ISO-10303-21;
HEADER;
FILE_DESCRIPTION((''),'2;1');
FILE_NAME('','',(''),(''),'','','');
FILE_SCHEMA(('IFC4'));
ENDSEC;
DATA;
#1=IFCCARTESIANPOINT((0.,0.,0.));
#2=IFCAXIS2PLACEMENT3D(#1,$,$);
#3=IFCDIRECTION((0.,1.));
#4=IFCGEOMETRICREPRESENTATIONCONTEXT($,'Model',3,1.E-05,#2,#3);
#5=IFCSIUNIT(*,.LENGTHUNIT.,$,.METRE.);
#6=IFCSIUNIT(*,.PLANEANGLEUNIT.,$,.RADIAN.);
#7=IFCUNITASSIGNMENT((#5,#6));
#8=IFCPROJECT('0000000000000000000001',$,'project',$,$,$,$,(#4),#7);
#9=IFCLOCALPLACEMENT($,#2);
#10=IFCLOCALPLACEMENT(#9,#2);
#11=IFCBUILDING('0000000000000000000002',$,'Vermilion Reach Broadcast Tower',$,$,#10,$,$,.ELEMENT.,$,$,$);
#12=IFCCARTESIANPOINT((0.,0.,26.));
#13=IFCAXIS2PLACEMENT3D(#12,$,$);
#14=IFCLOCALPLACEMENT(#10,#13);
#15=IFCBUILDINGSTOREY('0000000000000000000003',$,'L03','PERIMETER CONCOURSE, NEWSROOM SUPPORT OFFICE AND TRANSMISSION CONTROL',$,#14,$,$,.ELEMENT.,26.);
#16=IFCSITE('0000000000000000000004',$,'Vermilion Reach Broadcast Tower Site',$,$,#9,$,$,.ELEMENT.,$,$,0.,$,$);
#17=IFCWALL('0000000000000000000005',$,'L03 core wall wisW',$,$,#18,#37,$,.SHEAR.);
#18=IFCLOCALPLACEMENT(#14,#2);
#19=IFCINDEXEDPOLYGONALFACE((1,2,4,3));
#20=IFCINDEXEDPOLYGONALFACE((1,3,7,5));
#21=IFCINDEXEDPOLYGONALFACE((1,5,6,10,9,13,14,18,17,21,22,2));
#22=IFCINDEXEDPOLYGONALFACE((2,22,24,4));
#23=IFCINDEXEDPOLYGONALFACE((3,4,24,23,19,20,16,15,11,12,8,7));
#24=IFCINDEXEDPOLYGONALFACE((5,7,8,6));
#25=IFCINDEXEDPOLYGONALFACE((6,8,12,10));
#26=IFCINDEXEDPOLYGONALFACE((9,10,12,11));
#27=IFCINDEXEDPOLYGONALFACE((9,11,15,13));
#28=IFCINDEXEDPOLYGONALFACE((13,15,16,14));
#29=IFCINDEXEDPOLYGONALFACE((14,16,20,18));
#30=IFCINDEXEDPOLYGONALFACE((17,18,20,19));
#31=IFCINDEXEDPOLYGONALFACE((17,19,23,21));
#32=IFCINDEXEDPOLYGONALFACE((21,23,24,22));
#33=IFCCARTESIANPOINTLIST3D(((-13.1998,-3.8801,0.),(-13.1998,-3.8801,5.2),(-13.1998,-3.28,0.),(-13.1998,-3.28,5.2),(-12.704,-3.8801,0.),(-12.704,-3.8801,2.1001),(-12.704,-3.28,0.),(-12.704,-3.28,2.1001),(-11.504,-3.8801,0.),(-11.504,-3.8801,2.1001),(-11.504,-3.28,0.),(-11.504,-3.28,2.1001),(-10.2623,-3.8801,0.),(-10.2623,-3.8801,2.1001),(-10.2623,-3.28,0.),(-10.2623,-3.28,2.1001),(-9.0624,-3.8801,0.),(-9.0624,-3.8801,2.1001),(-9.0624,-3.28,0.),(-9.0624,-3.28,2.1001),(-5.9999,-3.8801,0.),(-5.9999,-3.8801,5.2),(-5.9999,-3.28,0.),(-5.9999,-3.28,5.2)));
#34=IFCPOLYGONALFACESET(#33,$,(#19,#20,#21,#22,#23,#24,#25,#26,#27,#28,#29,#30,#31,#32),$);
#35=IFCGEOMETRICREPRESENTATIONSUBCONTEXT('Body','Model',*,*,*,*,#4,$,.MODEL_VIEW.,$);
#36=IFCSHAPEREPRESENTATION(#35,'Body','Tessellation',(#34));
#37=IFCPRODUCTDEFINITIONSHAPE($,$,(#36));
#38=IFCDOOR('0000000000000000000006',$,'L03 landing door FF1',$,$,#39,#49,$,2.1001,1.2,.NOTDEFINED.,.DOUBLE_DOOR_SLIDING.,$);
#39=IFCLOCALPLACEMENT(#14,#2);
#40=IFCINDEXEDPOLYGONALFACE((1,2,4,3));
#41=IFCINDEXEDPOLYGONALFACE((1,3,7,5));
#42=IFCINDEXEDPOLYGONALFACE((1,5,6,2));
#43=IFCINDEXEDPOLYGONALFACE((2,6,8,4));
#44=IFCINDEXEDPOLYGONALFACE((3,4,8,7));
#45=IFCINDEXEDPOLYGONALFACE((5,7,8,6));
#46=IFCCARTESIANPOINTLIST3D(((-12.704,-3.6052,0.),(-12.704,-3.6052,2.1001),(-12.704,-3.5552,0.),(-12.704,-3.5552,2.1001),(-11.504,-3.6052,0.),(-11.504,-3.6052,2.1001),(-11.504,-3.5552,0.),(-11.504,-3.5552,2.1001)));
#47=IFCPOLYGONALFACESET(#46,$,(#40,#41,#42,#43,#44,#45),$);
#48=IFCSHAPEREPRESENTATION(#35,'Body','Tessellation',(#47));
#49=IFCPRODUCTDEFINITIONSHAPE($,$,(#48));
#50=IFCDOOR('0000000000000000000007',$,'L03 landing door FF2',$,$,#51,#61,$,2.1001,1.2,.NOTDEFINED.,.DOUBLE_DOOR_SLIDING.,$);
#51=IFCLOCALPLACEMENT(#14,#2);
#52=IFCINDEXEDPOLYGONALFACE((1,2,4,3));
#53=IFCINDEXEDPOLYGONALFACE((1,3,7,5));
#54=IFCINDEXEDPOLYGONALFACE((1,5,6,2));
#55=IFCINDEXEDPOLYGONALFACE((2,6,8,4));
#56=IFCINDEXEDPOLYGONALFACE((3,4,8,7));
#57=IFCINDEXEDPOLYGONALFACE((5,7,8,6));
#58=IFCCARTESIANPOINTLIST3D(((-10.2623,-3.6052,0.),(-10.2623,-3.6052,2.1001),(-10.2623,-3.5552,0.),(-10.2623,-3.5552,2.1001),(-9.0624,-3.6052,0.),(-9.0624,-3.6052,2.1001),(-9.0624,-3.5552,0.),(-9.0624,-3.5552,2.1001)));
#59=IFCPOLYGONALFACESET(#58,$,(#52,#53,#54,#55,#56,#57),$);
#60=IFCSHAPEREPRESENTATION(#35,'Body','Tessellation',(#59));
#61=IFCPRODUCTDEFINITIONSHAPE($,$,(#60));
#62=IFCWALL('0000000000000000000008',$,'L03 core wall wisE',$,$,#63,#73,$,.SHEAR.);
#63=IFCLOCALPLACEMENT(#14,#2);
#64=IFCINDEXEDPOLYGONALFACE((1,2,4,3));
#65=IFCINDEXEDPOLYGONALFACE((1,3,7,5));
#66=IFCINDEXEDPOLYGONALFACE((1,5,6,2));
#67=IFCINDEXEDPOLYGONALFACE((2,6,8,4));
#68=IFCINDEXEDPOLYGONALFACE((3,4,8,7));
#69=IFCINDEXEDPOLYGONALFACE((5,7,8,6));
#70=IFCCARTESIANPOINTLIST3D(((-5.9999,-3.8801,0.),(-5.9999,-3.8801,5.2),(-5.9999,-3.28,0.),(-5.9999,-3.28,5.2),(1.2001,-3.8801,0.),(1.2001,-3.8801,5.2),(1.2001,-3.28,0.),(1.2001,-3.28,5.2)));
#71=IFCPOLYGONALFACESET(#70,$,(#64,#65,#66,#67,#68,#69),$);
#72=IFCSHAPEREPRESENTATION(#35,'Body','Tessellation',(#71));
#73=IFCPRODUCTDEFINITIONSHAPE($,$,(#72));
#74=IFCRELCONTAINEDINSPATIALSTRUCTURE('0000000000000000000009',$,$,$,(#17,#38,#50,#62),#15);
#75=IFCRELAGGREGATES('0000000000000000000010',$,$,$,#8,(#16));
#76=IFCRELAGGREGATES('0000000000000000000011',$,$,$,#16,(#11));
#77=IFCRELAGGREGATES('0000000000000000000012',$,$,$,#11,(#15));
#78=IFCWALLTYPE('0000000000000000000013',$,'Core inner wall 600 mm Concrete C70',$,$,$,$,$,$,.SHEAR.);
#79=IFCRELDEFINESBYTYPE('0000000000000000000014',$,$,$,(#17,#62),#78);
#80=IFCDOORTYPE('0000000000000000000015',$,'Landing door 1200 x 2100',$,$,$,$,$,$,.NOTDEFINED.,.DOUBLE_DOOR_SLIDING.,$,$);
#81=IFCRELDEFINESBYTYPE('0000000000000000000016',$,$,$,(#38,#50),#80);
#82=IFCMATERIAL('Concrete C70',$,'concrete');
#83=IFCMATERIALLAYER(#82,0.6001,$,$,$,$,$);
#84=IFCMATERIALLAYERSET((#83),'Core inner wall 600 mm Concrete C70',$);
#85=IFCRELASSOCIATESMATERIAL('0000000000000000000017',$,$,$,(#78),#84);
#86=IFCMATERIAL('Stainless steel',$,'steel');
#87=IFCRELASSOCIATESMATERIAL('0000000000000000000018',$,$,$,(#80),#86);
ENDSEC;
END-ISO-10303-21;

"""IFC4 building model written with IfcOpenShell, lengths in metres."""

from ifc_helpers import new_model, si_unit, direction, frame, frame_2d, origin, place, context, subcontext, project, spatial, rectangle, extrude, material, layer, layer_set, type_object, element, fill, save


model = new_model("IFC4")

# Units and contexts
model_context = context("Model", 3, precision=1e-05, world=origin(), true_north=direction((0.0, 1.0)))
body_context = subcontext(model_context, "Body", "Model", "MODEL_VIEW")
ifc_project = project(units=[si_unit("LENGTHUNIT", "METRE"), si_unit("PLANEANGLEUNIT", "RADIAN")], contexts=[model_context])

# Site, building, storey
site_placement = place(None, origin())
site = spatial("IfcSite", under=ifc_project, at=site_placement, Name="Vermilion Reach Broadcast Tower Site", CompositionType="ELEMENT", RefElevation=0.0)
building_placement = place(site_placement, origin())
building = spatial("IfcBuilding", under=site, at=building_placement, Name="Vermilion Reach Broadcast Tower", CompositionType="ELEMENT")
storey_placement = place(building_placement, frame((0.0, 0.0, 26.0)))
storey = spatial("IfcBuildingStorey", under=building, at=storey_placement, Name="L03", Description="PERIMETER CONCOURSE, NEWSROOM SUPPORT OFFICE AND TRANSMISSION CONTROL", CompositionType="ELEMENT", Elevation=26.0)

# Wall, openings, doors
ifc_material_1 = material(Name="Concrete C70", Category="concrete")
ifc_layer_1 = layer(ifc_material_1, 0.6001)
ifc_layer_set_1 = layer_set([ifc_layer_1], Name="Core inner wall 600 mm Concrete C70")
wall_type_1 = type_object("IfcWallType", Name="Core inner wall 600 mm Concrete C70", PredefinedType="SHEAR", material=ifc_layer_set_1)
wall_1_placement = place(storey_placement, frame((-13.2, -3.5801, 0.0), z_axis=(0.0, 0.0, 1.0), x_axis=(1.0, 0.0, 0.0)))
wall_1 = element("IfcWall", 1, at=wall_1_placement, inside=storey, type_object=wall_type_1, Name="L03 core wall wisW", PredefinedType="SHEAR", context=body_context, shape_type="SweptSolid", body=[
    extrude(rectangle(XDim=7.2, YDim=0.6001, at=frame_2d((3.6001, 0.0))), origin(), (0.0, 0.0, 1.0), 5.2),
])
opening_1_placement = place(wall_1_placement, frame((0.4958, 0.0, 0.0)))
opening_1 = element("IfcOpeningElement", 2, at=opening_1_placement, cuts=wall_1, PredefinedType="OPENING", context=body_context, shape_type="SweptSolid", body=[
    extrude(rectangle(XDim=1.2, YDim=2.1001, at=frame_2d((0.6001, 1.05))), frame((0.0, 0.3101, 0.0), z_axis=(0.0, -1.0, 0.0), x_axis=(1.0, 0.0, 0.0)), (0.0, 0.0, 1.0), 0.6201),
])
opening_2_placement = place(wall_1_placement, frame((2.9375, 0.0, 0.0)))
opening_2 = element("IfcOpeningElement", 3, at=opening_2_placement, cuts=wall_1, PredefinedType="OPENING", context=body_context, shape_type="SweptSolid", body=[
    extrude(rectangle(XDim=1.2, YDim=2.1001, at=frame_2d((0.6001, 1.05))), frame((0.0, 0.3101, 0.0), z_axis=(0.0, -1.0, 0.0), x_axis=(1.0, 0.0, 0.0)), (0.0, 0.0, 1.0), 0.6201),
])
ifc_material_2 = material(Name="Stainless steel", Category="steel")
door_type_1 = type_object("IfcDoorType", Name="Landing door 1200 x 2100", OperationType="DOUBLE_DOOR_SLIDING", PredefinedType="NOTDEFINED", material=ifc_material_2)
door_1_placement = place(opening_1_placement, origin())
door_1 = element("IfcDoor", 4, at=door_1_placement, inside=storey, type_object=door_type_1, Name="L03 landing door FF1", OperationType="DOUBLE_DOOR_SLIDING", OverallHeight=2.1001, OverallWidth=1.2, PredefinedType="NOTDEFINED", context=body_context, shape_type="SweptSolid", body=[
    extrude(rectangle(XDim=1.2, YDim=2.1001, at=frame_2d((0.6001, 1.05))), frame((0.0, 0.0249, 0.0), z_axis=(0.0, -1.0, 0.0), x_axis=(1.0, 0.0, 0.0)), (0.0, 0.0, 1.0), 0.05),
])
fill(opening_1, door_1)
door_2_placement = place(opening_2_placement, origin())
door_2 = element("IfcDoor", 5, at=door_2_placement, inside=storey, type_object=door_type_1, Name="L03 landing door FF2", OperationType="DOUBLE_DOOR_SLIDING", OverallHeight=2.1001, OverallWidth=1.2, PredefinedType="NOTDEFINED", context=body_context, shape_type="SweptSolid", body=[
    extrude(rectangle(XDim=1.2, YDim=2.1001, at=frame_2d((0.6001, 1.05))), frame((0.0, 0.0249, 0.0), z_axis=(0.0, -1.0, 0.0), x_axis=(1.0, 0.0, 0.0)), (0.0, 0.0, 1.0), 0.05),
])
fill(opening_2, door_2)

# Wall
wall_2_placement = place(storey_placement, frame((-6.0, -3.5801, 0.0), z_axis=(0.0, 0.0, 1.0), x_axis=(1.0, 0.0, 0.0)))
element("IfcWall", 6, at=wall_2_placement, inside=storey, type_object=wall_type_1, Name="L03 core wall wisE", PredefinedType="SHEAR", context=body_context, shape_type="SweptSolid", body=[
    extrude(rectangle(XDim=7.2, YDim=0.6001, at=frame_2d((3.6001, 0.0))), origin(), (0.0, 0.0, 1.0), 5.2),
])

save(model, "model.ifc")
